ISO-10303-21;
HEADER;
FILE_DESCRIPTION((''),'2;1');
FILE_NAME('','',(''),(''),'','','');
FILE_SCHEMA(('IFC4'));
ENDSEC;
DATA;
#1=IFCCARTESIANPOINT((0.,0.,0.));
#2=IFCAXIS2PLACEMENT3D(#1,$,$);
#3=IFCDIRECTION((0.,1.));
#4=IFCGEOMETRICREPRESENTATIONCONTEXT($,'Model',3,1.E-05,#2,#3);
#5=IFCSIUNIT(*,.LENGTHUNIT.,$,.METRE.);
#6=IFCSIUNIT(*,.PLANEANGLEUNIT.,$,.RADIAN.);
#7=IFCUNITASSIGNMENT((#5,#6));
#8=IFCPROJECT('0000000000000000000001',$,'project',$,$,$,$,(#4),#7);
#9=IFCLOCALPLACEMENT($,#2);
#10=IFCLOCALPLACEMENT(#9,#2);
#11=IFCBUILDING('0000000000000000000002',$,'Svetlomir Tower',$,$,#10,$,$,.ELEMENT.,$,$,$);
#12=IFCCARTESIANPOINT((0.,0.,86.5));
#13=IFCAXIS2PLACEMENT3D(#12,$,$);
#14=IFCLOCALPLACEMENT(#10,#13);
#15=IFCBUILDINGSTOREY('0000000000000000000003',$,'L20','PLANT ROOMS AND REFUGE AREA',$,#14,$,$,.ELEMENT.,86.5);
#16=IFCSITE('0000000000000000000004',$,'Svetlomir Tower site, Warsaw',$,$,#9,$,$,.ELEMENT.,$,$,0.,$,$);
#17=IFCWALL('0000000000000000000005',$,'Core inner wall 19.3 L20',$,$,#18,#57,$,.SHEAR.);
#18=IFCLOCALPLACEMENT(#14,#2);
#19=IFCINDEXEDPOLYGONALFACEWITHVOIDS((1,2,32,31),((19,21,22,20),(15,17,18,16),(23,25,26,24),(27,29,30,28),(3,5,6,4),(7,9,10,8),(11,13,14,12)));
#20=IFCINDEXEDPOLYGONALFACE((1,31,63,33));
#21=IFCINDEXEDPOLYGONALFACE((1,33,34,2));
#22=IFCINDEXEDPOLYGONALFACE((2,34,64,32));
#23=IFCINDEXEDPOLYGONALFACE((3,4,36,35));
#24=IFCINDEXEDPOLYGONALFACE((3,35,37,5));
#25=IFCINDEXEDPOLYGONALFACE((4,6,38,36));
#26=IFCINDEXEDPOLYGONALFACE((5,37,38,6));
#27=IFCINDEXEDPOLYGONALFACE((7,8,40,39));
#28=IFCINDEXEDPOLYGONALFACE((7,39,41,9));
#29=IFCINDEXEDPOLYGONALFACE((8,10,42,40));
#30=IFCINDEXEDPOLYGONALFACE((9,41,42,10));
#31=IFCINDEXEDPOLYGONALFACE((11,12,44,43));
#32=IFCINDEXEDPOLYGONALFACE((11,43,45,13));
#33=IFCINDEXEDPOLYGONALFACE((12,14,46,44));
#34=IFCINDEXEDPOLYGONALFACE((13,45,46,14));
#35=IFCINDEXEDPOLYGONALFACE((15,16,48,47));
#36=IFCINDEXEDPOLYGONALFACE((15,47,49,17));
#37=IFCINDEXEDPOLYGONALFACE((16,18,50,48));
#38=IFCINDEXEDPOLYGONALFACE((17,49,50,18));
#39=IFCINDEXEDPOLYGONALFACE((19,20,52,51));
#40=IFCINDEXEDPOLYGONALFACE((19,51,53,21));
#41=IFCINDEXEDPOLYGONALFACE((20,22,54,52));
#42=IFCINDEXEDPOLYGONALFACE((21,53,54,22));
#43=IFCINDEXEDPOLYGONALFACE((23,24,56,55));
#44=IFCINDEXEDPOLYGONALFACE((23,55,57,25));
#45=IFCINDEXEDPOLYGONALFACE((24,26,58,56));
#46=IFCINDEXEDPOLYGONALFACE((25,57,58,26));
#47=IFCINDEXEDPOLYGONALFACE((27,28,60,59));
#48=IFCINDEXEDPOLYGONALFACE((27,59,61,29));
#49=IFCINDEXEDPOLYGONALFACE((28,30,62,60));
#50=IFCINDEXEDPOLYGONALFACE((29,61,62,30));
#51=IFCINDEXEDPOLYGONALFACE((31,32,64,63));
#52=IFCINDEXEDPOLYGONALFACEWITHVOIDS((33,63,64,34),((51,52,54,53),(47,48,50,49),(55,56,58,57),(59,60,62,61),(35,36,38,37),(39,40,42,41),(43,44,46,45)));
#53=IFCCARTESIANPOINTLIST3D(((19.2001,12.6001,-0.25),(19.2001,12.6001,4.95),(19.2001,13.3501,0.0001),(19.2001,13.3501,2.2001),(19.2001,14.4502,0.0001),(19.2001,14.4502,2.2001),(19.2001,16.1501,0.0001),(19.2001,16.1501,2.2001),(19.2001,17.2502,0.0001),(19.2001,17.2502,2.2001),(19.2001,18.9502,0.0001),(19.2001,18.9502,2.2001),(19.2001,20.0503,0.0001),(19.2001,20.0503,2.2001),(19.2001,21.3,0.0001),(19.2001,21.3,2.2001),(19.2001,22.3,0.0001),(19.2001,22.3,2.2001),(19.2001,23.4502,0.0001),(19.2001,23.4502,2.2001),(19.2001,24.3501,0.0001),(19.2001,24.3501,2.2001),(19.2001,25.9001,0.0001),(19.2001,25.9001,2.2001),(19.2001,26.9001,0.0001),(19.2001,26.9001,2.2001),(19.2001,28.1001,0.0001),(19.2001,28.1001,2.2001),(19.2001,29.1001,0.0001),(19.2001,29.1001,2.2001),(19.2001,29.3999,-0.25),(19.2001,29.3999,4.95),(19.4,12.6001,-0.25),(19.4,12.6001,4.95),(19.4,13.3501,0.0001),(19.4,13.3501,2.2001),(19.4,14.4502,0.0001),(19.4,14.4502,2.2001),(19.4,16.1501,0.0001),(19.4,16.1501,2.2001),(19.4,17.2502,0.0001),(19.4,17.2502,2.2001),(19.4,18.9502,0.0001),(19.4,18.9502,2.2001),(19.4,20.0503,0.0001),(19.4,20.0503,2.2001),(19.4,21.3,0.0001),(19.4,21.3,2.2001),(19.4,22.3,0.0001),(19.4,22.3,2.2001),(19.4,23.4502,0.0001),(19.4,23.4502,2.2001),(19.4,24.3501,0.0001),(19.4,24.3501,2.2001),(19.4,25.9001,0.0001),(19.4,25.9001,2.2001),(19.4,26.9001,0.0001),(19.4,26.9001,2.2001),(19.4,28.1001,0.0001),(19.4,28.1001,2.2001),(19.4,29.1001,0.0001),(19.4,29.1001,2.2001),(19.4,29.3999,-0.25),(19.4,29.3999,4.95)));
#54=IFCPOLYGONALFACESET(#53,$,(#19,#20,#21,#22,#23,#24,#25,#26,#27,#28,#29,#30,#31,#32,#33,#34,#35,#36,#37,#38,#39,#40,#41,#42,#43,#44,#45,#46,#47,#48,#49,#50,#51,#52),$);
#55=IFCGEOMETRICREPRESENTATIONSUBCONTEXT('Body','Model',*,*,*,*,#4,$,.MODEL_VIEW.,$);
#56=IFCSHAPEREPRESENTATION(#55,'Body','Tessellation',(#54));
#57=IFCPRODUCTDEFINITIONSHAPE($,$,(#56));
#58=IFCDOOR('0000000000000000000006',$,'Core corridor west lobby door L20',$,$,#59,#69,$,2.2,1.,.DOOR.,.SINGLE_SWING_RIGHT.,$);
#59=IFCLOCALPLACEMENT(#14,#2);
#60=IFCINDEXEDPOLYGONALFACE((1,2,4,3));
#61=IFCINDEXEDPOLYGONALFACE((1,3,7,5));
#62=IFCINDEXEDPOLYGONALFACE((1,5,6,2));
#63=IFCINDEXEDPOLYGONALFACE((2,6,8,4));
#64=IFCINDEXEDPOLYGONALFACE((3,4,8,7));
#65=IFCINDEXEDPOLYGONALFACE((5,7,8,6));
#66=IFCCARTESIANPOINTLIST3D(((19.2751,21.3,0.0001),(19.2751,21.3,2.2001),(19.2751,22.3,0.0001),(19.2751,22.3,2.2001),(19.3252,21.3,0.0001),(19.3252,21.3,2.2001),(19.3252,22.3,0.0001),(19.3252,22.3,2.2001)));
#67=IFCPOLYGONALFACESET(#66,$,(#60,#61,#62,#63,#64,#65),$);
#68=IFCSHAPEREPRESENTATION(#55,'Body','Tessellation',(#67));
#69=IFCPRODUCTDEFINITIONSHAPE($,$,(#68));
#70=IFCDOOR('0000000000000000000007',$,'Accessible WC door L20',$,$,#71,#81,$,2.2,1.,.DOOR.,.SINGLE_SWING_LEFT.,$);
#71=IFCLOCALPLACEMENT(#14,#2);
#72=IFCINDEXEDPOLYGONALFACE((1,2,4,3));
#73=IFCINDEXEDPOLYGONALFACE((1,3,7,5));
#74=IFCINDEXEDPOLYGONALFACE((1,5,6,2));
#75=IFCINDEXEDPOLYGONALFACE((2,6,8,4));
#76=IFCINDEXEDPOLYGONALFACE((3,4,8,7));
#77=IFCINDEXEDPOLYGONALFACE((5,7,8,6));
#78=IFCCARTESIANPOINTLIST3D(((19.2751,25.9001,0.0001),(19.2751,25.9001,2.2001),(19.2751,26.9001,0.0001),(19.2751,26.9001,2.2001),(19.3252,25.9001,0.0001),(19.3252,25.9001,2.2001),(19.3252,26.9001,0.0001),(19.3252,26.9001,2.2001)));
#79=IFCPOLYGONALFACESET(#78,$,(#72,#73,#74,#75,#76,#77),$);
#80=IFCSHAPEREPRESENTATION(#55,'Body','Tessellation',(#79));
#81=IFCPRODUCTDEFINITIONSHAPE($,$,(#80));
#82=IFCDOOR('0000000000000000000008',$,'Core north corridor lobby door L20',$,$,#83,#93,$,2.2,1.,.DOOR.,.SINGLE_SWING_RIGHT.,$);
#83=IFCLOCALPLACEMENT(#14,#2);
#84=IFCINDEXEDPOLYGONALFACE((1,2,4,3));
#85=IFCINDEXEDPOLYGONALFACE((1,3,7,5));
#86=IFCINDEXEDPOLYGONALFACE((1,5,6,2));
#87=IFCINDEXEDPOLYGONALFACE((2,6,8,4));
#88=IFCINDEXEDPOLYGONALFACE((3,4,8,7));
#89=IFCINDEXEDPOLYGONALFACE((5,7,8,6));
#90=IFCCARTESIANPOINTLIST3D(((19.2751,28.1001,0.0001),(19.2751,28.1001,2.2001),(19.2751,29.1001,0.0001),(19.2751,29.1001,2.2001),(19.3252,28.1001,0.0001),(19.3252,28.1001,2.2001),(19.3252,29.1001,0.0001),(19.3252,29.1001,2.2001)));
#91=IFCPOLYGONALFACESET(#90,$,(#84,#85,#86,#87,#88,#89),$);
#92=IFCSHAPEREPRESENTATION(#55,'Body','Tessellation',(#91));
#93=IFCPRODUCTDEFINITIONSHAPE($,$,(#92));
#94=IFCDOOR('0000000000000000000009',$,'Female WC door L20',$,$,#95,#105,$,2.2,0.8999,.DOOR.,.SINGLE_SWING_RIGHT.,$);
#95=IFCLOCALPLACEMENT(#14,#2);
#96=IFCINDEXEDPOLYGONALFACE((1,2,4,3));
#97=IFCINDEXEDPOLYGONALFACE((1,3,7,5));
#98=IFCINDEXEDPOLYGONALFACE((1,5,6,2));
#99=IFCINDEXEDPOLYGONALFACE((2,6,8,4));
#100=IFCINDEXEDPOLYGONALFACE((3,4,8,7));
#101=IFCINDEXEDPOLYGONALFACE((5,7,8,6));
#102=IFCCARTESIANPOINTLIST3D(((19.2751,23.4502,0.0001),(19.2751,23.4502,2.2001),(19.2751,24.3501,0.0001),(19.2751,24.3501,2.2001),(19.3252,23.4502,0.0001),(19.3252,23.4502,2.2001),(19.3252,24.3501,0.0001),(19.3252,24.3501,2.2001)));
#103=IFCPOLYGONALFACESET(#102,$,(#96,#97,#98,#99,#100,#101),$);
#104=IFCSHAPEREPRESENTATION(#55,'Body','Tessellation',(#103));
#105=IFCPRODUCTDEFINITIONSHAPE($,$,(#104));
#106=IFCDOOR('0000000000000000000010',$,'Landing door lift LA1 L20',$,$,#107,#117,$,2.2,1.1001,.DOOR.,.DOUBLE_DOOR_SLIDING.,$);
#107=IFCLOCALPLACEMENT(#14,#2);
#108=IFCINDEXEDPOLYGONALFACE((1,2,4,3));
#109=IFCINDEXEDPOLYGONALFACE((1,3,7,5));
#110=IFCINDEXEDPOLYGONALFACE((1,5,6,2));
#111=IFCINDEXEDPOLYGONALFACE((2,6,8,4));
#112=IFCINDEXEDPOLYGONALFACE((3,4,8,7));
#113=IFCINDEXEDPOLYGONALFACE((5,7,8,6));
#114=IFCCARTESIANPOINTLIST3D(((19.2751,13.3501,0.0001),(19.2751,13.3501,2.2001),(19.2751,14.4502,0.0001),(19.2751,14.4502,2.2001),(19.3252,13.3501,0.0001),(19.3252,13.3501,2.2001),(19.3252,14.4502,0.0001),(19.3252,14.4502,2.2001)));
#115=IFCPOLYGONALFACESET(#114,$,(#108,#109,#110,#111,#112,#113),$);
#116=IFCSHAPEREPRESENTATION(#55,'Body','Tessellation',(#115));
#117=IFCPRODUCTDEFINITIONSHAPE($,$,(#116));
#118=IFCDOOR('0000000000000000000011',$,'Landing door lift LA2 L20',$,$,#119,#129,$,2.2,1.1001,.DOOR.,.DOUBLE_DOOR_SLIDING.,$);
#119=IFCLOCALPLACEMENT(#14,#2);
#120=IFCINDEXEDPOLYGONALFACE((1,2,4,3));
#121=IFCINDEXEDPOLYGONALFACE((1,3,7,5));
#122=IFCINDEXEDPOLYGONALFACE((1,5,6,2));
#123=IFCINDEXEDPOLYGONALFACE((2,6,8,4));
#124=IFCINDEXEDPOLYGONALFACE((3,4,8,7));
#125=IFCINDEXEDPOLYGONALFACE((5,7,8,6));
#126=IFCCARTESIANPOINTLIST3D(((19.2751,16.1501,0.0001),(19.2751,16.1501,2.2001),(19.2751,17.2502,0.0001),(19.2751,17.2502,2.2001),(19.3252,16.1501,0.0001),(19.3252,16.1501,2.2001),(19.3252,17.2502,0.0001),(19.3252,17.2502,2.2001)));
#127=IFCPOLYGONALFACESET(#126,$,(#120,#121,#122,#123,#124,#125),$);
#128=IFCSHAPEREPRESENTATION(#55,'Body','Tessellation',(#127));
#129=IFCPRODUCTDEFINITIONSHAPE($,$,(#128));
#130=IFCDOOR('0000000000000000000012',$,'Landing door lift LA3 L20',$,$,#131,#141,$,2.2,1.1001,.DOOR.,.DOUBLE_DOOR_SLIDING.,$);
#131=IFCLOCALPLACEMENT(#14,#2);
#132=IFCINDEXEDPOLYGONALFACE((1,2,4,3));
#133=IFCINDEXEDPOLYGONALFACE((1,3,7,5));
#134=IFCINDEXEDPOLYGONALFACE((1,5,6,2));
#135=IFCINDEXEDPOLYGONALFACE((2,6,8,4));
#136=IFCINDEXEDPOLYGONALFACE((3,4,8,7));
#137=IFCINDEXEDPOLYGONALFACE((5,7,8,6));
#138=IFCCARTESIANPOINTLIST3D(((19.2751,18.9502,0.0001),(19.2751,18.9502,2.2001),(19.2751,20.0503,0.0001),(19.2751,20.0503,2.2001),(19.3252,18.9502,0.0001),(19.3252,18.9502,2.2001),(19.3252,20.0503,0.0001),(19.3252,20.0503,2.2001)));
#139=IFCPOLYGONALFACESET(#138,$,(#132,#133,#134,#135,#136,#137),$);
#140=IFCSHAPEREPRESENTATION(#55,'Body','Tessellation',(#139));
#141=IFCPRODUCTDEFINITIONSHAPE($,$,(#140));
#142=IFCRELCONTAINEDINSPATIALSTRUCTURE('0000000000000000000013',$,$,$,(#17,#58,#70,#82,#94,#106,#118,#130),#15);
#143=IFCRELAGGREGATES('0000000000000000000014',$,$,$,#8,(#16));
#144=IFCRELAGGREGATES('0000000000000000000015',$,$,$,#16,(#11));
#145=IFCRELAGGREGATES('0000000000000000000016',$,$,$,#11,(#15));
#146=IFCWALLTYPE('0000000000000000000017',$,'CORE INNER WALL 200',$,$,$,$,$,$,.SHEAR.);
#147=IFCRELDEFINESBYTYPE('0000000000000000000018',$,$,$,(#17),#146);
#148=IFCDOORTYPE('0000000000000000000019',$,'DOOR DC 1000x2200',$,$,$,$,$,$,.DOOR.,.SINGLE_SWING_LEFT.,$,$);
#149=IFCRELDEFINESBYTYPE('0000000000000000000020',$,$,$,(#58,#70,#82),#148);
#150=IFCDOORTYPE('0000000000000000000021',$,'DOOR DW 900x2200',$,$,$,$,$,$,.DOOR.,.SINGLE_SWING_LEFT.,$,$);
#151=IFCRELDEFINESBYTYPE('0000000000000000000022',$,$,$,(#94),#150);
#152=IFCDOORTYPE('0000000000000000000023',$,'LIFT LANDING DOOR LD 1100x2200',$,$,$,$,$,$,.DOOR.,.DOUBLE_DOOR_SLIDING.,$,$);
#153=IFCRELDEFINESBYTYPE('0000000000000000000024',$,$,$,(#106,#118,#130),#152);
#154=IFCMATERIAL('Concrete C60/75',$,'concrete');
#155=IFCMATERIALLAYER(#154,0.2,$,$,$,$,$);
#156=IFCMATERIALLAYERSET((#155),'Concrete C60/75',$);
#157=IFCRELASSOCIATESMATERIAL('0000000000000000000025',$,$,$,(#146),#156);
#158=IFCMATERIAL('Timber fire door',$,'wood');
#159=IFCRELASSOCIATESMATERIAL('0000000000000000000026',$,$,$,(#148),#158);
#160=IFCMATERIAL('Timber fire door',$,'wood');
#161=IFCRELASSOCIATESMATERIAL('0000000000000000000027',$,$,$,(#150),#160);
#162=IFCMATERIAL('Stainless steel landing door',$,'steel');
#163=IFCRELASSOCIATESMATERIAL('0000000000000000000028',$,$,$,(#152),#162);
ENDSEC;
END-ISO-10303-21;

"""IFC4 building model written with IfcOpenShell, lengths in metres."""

from ifc_helpers import new_model, si_unit, direction, frame, frame_2d, origin, place, context, subcontext, project, spatial, rectangle, extrude, material, layer, layer_set, type_object, element, fill, save


model = new_model("IFC4")

# Units and contexts
model_context = context("Model", 3, precision=1e-05, world=origin(), true_north=direction((0.0, 1.0)))
body_context = subcontext(model_context, "Body", "Model", "MODEL_VIEW")
ifc_project = project(units=[si_unit("LENGTHUNIT", "METRE"), si_unit("PLANEANGLEUNIT", "RADIAN")], contexts=[model_context])

# Site, building, storey
site_placement = place(None, origin())
site = spatial("IfcSite", under=ifc_project, at=site_placement, Name="Svetlomir Tower site, Warsaw", CompositionType="ELEMENT", RefElevation=0.0)
building_placement = place(site_placement, origin())
building = spatial("IfcBuilding", under=site, at=building_placement, Name="Svetlomir Tower", CompositionType="ELEMENT")
storey_placement = place(building_placement, frame((0.0, 0.0, 86.5)))
storey = spatial("IfcBuildingStorey", under=building, at=storey_placement, Name="L20", Description="PLANT ROOMS AND REFUGE AREA", CompositionType="ELEMENT", Elevation=86.5)

# Wall, openings, doors
ifc_material_1 = material(Name="Concrete C60/75", Category="concrete")
ifc_layer_1 = layer(ifc_material_1, 0.2)
ifc_layer_set_1 = layer_set([ifc_layer_1], Name="Concrete C60/75")
wall_type_1 = type_object("IfcWallType", Name="CORE INNER WALL 200", PredefinedType="SHEAR", material=ifc_layer_set_1)
wall_1_placement = place(storey_placement, frame((19.3, 12.6001, -0.25), z_axis=(0.0, 0.0, 1.0), x_axis=(0.0, 1.0, 0.0)))
wall_1 = element("IfcWall", 1, at=wall_1_placement, inside=storey, type_object=wall_type_1, Name="Core inner wall 19.3 L20", PredefinedType="SHEAR", context=body_context, shape_type="SweptSolid", body=[
    extrude(rectangle(XDim=16.7998, YDim=0.2, at=frame_2d((8.3999, 0.0))), origin(), (0.0, 0.0, 1.0), 5.2),
])
opening_1_placement = place(wall_1_placement, frame((8.7, 0.0, 0.25)))
opening_1 = element("IfcOpeningElement", 2, at=opening_1_placement, cuts=wall_1, PredefinedType="OPENING", context=body_context, shape_type="SweptSolid", body=[
    extrude(rectangle(XDim=1.0, YDim=2.2, at=frame_2d((0.5, 1.1001))), frame((0.0, 0.1099, 0.0), z_axis=(0.0, -1.0, 0.0), x_axis=(1.0, 0.0, 0.0)), (0.0, 0.0, 1.0), 0.22),
])
opening_2_placement = place(wall_1_placement, frame((10.8501, 0.0, 0.25)))
opening_2 = element("IfcOpeningElement", 3, at=opening_2_placement, cuts=wall_1, PredefinedType="OPENING", context=body_context, shape_type="SweptSolid", body=[
    extrude(rectangle(XDim=0.8999, YDim=2.2, at=frame_2d((0.45, 1.1001))), frame((0.0, 0.1099, 0.0), z_axis=(0.0, -1.0, 0.0), x_axis=(1.0, 0.0, 0.0)), (0.0, 0.0, 1.0), 0.22),
])
opening_3_placement = place(wall_1_placement, frame((13.3, 0.0, 0.25)))
opening_3 = element("IfcOpeningElement", 4, at=opening_3_placement, cuts=wall_1, PredefinedType="OPENING", context=body_context, shape_type="SweptSolid", body=[
    extrude(rectangle(XDim=1.0, YDim=2.2, at=frame_2d((0.5, 1.1001))), frame((0.0, 0.1099, 0.0), z_axis=(0.0, -1.0, 0.0), x_axis=(1.0, 0.0, 0.0)), (0.0, 0.0, 1.0), 0.22),
])
opening_4_placement = place(wall_1_placement, frame((15.5, 0.0, 0.25)))
opening_4 = element("IfcOpeningElement", 5, at=opening_4_placement, cuts=wall_1, PredefinedType="OPENING", context=body_context, shape_type="SweptSolid", body=[
    extrude(rectangle(XDim=1.0, YDim=2.2, at=frame_2d((0.5, 1.1001))), frame((0.0, 0.1099, 0.0), z_axis=(0.0, -1.0, 0.0), x_axis=(1.0, 0.0, 0.0)), (0.0, 0.0, 1.0), 0.22),
])
opening_5_placement = place(wall_1_placement, frame((0.75, 0.0, 0.25)))
opening_5 = element("IfcOpeningElement", 6, at=opening_5_placement, cuts=wall_1, PredefinedType="OPENING", context=body_context, shape_type="SweptSolid", body=[
    extrude(rectangle(XDim=1.1001, YDim=2.2, at=frame_2d((0.55, 1.1001))), frame((0.0, 0.1099, 0.0), z_axis=(0.0, -1.0, 0.0), x_axis=(1.0, 0.0, 0.0)), (0.0, 0.0, 1.0), 0.22),
])
opening_6_placement = place(wall_1_placement, frame((3.55, 0.0, 0.25)))
opening_6 = element("IfcOpeningElement", 7, at=opening_6_placement, cuts=wall_1, PredefinedType="OPENING", context=body_context, shape_type="SweptSolid", body=[
    extrude(rectangle(XDim=1.1001, YDim=2.2, at=frame_2d((0.55, 1.1001))), frame((0.0, 0.1099, 0.0), z_axis=(0.0, -1.0, 0.0), x_axis=(1.0, 0.0, 0.0)), (0.0, 0.0, 1.0), 0.22),
])
opening_7_placement = place(wall_1_placement, frame((6.3501, 0.0, 0.25)))
opening_7 = element("IfcOpeningElement", 8, at=opening_7_placement, cuts=wall_1, PredefinedType="OPENING", context=body_context, shape_type="SweptSolid", body=[
    extrude(rectangle(XDim=1.1001, YDim=2.2, at=frame_2d((0.55, 1.1001))), frame((0.0, 0.1099, 0.0), z_axis=(0.0, -1.0, 0.0), x_axis=(1.0, 0.0, 0.0)), (0.0, 0.0, 1.0), 0.22),
])
ifc_material_2 = material(Name="Timber fire door", Category="wood")
door_type_1 = type_object("IfcDoorType", Name="DOOR DC 1000x2200", OperationType="SINGLE_SWING_LEFT", PredefinedType="DOOR", material=ifc_material_2)
door_1_placement = place(opening_1_placement, origin())
door_1 = element("IfcDoor", 9, at=door_1_placement, inside=storey, type_object=door_type_1, Name="Core corridor west lobby door L20", OperationType="SINGLE_SWING_RIGHT", OverallHeight=2.2, OverallWidth=1.0, PredefinedType="DOOR", context=body_context, shape_type="SweptSolid", body=[
    extrude(rectangle(XDim=1.0, YDim=2.2, at=frame_2d((0.5, 1.1001))), frame((0.0, 0.0249, 0.0), z_axis=(0.0, -1.0, 0.0), x_axis=(1.0, 0.0, 0.0)), (0.0, 0.0, 1.0), 0.05),
])
fill(opening_1, door_1)
door_2_placement = place(opening_3_placement, origin())
door_2 = element("IfcDoor", 10, at=door_2_placement, inside=storey, type_object=door_type_1, Name="Accessible WC door L20", OperationType="SINGLE_SWING_LEFT", OverallHeight=2.2, OverallWidth=1.0, PredefinedType="DOOR", context=body_context, shape_type="SweptSolid", body=[
    extrude(rectangle(XDim=1.0, YDim=2.2, at=frame_2d((0.5, 1.1001))), frame((0.0, 0.0249, 0.0), z_axis=(0.0, -1.0, 0.0), x_axis=(1.0, 0.0, 0.0)), (0.0, 0.0, 1.0), 0.05),
])
fill(opening_3, door_2)
door_3_placement = place(opening_4_placement, origin())
door_3 = element("IfcDoor", 11, at=door_3_placement, inside=storey, type_object=door_type_1, Name="Core north corridor lobby door L20", OperationType="SINGLE_SWING_RIGHT", OverallHeight=2.2, OverallWidth=1.0, PredefinedType="DOOR", context=body_context, shape_type="SweptSolid", body=[
    extrude(rectangle(XDim=1.0, YDim=2.2, at=frame_2d((0.5, 1.1001))), frame((0.0, 0.0249, 0.0), z_axis=(0.0, -1.0, 0.0), x_axis=(1.0, 0.0, 0.0)), (0.0, 0.0, 1.0), 0.05),
])
fill(opening_4, door_3)
ifc_material_3 = material(Name="Timber fire door", Category="wood")
door_type_2 = type_object("IfcDoorType", Name="DOOR DW 900x2200", OperationType="SINGLE_SWING_LEFT", PredefinedType="DOOR", material=ifc_material_3)
door_4_placement = place(opening_2_placement, origin())
door_4 = element("IfcDoor", 12, at=door_4_placement, inside=storey, type_object=door_type_2, Name="Female WC door L20", OperationType="SINGLE_SWING_RIGHT", OverallHeight=2.2, OverallWidth=0.8999, PredefinedType="DOOR", context=body_context, shape_type="SweptSolid", body=[
    extrude(rectangle(XDim=0.8999, YDim=2.2, at=frame_2d((0.45, 1.1001))), frame((0.0, 0.0249, 0.0), z_axis=(0.0, -1.0, 0.0), x_axis=(1.0, 0.0, 0.0)), (0.0, 0.0, 1.0), 0.05),
])
fill(opening_2, door_4)
ifc_material_4 = material(Name="Stainless steel landing door", Category="steel")
door_type_3 = type_object("IfcDoorType", Name="LIFT LANDING DOOR LD 1100x2200", OperationType="DOUBLE_DOOR_SLIDING", PredefinedType="DOOR", material=ifc_material_4)
door_5_placement = place(opening_5_placement, origin())
door_5 = element("IfcDoor", 13, at=door_5_placement, inside=storey, type_object=door_type_3, Name="Landing door lift LA1 L20", OperationType="DOUBLE_DOOR_SLIDING", OverallHeight=2.2, OverallWidth=1.1001, PredefinedType="DOOR", context=body_context, shape_type="SweptSolid", body=[
    extrude(rectangle(XDim=1.1001, YDim=2.2, at=frame_2d((0.55, 1.1001))), frame((0.0, 0.0249, 0.0), z_axis=(0.0, -1.0, 0.0), x_axis=(1.0, 0.0, 0.0)), (0.0, 0.0, 1.0), 0.05),
])
fill(opening_5, door_5)
door_6_placement = place(opening_6_placement, origin())
door_6 = element("IfcDoor", 14, at=door_6_placement, inside=storey, type_object=door_type_3, Name="Landing door lift LA2 L20", OperationType="DOUBLE_DOOR_SLIDING", OverallHeight=2.2, OverallWidth=1.1001, PredefinedType="DOOR", context=body_context, shape_type="SweptSolid", body=[
    extrude(rectangle(XDim=1.1001, YDim=2.2, at=frame_2d((0.55, 1.1001))), frame((0.0, 0.0249, 0.0), z_axis=(0.0, -1.0, 0.0), x_axis=(1.0, 0.0, 0.0)), (0.0, 0.0, 1.0), 0.05),
])
fill(opening_6, door_6)
door_7_placement = place(opening_7_placement, origin())
door_7 = element("IfcDoor", 15, at=door_7_placement, inside=storey, type_object=door_type_3, Name="Landing door lift LA3 L20", OperationType="DOUBLE_DOOR_SLIDING", OverallHeight=2.2, OverallWidth=1.1001, PredefinedType="DOOR", context=body_context, shape_type="SweptSolid", body=[
    extrude(rectangle(XDim=1.1001, YDim=2.2, at=frame_2d((0.55, 1.1001))), frame((0.0, 0.0249, 0.0), z_axis=(0.0, -1.0, 0.0), x_axis=(1.0, 0.0, 0.0)), (0.0, 0.0, 1.0), 0.05),
])
fill(opening_7, door_7)

save(model, "model.ifc")
